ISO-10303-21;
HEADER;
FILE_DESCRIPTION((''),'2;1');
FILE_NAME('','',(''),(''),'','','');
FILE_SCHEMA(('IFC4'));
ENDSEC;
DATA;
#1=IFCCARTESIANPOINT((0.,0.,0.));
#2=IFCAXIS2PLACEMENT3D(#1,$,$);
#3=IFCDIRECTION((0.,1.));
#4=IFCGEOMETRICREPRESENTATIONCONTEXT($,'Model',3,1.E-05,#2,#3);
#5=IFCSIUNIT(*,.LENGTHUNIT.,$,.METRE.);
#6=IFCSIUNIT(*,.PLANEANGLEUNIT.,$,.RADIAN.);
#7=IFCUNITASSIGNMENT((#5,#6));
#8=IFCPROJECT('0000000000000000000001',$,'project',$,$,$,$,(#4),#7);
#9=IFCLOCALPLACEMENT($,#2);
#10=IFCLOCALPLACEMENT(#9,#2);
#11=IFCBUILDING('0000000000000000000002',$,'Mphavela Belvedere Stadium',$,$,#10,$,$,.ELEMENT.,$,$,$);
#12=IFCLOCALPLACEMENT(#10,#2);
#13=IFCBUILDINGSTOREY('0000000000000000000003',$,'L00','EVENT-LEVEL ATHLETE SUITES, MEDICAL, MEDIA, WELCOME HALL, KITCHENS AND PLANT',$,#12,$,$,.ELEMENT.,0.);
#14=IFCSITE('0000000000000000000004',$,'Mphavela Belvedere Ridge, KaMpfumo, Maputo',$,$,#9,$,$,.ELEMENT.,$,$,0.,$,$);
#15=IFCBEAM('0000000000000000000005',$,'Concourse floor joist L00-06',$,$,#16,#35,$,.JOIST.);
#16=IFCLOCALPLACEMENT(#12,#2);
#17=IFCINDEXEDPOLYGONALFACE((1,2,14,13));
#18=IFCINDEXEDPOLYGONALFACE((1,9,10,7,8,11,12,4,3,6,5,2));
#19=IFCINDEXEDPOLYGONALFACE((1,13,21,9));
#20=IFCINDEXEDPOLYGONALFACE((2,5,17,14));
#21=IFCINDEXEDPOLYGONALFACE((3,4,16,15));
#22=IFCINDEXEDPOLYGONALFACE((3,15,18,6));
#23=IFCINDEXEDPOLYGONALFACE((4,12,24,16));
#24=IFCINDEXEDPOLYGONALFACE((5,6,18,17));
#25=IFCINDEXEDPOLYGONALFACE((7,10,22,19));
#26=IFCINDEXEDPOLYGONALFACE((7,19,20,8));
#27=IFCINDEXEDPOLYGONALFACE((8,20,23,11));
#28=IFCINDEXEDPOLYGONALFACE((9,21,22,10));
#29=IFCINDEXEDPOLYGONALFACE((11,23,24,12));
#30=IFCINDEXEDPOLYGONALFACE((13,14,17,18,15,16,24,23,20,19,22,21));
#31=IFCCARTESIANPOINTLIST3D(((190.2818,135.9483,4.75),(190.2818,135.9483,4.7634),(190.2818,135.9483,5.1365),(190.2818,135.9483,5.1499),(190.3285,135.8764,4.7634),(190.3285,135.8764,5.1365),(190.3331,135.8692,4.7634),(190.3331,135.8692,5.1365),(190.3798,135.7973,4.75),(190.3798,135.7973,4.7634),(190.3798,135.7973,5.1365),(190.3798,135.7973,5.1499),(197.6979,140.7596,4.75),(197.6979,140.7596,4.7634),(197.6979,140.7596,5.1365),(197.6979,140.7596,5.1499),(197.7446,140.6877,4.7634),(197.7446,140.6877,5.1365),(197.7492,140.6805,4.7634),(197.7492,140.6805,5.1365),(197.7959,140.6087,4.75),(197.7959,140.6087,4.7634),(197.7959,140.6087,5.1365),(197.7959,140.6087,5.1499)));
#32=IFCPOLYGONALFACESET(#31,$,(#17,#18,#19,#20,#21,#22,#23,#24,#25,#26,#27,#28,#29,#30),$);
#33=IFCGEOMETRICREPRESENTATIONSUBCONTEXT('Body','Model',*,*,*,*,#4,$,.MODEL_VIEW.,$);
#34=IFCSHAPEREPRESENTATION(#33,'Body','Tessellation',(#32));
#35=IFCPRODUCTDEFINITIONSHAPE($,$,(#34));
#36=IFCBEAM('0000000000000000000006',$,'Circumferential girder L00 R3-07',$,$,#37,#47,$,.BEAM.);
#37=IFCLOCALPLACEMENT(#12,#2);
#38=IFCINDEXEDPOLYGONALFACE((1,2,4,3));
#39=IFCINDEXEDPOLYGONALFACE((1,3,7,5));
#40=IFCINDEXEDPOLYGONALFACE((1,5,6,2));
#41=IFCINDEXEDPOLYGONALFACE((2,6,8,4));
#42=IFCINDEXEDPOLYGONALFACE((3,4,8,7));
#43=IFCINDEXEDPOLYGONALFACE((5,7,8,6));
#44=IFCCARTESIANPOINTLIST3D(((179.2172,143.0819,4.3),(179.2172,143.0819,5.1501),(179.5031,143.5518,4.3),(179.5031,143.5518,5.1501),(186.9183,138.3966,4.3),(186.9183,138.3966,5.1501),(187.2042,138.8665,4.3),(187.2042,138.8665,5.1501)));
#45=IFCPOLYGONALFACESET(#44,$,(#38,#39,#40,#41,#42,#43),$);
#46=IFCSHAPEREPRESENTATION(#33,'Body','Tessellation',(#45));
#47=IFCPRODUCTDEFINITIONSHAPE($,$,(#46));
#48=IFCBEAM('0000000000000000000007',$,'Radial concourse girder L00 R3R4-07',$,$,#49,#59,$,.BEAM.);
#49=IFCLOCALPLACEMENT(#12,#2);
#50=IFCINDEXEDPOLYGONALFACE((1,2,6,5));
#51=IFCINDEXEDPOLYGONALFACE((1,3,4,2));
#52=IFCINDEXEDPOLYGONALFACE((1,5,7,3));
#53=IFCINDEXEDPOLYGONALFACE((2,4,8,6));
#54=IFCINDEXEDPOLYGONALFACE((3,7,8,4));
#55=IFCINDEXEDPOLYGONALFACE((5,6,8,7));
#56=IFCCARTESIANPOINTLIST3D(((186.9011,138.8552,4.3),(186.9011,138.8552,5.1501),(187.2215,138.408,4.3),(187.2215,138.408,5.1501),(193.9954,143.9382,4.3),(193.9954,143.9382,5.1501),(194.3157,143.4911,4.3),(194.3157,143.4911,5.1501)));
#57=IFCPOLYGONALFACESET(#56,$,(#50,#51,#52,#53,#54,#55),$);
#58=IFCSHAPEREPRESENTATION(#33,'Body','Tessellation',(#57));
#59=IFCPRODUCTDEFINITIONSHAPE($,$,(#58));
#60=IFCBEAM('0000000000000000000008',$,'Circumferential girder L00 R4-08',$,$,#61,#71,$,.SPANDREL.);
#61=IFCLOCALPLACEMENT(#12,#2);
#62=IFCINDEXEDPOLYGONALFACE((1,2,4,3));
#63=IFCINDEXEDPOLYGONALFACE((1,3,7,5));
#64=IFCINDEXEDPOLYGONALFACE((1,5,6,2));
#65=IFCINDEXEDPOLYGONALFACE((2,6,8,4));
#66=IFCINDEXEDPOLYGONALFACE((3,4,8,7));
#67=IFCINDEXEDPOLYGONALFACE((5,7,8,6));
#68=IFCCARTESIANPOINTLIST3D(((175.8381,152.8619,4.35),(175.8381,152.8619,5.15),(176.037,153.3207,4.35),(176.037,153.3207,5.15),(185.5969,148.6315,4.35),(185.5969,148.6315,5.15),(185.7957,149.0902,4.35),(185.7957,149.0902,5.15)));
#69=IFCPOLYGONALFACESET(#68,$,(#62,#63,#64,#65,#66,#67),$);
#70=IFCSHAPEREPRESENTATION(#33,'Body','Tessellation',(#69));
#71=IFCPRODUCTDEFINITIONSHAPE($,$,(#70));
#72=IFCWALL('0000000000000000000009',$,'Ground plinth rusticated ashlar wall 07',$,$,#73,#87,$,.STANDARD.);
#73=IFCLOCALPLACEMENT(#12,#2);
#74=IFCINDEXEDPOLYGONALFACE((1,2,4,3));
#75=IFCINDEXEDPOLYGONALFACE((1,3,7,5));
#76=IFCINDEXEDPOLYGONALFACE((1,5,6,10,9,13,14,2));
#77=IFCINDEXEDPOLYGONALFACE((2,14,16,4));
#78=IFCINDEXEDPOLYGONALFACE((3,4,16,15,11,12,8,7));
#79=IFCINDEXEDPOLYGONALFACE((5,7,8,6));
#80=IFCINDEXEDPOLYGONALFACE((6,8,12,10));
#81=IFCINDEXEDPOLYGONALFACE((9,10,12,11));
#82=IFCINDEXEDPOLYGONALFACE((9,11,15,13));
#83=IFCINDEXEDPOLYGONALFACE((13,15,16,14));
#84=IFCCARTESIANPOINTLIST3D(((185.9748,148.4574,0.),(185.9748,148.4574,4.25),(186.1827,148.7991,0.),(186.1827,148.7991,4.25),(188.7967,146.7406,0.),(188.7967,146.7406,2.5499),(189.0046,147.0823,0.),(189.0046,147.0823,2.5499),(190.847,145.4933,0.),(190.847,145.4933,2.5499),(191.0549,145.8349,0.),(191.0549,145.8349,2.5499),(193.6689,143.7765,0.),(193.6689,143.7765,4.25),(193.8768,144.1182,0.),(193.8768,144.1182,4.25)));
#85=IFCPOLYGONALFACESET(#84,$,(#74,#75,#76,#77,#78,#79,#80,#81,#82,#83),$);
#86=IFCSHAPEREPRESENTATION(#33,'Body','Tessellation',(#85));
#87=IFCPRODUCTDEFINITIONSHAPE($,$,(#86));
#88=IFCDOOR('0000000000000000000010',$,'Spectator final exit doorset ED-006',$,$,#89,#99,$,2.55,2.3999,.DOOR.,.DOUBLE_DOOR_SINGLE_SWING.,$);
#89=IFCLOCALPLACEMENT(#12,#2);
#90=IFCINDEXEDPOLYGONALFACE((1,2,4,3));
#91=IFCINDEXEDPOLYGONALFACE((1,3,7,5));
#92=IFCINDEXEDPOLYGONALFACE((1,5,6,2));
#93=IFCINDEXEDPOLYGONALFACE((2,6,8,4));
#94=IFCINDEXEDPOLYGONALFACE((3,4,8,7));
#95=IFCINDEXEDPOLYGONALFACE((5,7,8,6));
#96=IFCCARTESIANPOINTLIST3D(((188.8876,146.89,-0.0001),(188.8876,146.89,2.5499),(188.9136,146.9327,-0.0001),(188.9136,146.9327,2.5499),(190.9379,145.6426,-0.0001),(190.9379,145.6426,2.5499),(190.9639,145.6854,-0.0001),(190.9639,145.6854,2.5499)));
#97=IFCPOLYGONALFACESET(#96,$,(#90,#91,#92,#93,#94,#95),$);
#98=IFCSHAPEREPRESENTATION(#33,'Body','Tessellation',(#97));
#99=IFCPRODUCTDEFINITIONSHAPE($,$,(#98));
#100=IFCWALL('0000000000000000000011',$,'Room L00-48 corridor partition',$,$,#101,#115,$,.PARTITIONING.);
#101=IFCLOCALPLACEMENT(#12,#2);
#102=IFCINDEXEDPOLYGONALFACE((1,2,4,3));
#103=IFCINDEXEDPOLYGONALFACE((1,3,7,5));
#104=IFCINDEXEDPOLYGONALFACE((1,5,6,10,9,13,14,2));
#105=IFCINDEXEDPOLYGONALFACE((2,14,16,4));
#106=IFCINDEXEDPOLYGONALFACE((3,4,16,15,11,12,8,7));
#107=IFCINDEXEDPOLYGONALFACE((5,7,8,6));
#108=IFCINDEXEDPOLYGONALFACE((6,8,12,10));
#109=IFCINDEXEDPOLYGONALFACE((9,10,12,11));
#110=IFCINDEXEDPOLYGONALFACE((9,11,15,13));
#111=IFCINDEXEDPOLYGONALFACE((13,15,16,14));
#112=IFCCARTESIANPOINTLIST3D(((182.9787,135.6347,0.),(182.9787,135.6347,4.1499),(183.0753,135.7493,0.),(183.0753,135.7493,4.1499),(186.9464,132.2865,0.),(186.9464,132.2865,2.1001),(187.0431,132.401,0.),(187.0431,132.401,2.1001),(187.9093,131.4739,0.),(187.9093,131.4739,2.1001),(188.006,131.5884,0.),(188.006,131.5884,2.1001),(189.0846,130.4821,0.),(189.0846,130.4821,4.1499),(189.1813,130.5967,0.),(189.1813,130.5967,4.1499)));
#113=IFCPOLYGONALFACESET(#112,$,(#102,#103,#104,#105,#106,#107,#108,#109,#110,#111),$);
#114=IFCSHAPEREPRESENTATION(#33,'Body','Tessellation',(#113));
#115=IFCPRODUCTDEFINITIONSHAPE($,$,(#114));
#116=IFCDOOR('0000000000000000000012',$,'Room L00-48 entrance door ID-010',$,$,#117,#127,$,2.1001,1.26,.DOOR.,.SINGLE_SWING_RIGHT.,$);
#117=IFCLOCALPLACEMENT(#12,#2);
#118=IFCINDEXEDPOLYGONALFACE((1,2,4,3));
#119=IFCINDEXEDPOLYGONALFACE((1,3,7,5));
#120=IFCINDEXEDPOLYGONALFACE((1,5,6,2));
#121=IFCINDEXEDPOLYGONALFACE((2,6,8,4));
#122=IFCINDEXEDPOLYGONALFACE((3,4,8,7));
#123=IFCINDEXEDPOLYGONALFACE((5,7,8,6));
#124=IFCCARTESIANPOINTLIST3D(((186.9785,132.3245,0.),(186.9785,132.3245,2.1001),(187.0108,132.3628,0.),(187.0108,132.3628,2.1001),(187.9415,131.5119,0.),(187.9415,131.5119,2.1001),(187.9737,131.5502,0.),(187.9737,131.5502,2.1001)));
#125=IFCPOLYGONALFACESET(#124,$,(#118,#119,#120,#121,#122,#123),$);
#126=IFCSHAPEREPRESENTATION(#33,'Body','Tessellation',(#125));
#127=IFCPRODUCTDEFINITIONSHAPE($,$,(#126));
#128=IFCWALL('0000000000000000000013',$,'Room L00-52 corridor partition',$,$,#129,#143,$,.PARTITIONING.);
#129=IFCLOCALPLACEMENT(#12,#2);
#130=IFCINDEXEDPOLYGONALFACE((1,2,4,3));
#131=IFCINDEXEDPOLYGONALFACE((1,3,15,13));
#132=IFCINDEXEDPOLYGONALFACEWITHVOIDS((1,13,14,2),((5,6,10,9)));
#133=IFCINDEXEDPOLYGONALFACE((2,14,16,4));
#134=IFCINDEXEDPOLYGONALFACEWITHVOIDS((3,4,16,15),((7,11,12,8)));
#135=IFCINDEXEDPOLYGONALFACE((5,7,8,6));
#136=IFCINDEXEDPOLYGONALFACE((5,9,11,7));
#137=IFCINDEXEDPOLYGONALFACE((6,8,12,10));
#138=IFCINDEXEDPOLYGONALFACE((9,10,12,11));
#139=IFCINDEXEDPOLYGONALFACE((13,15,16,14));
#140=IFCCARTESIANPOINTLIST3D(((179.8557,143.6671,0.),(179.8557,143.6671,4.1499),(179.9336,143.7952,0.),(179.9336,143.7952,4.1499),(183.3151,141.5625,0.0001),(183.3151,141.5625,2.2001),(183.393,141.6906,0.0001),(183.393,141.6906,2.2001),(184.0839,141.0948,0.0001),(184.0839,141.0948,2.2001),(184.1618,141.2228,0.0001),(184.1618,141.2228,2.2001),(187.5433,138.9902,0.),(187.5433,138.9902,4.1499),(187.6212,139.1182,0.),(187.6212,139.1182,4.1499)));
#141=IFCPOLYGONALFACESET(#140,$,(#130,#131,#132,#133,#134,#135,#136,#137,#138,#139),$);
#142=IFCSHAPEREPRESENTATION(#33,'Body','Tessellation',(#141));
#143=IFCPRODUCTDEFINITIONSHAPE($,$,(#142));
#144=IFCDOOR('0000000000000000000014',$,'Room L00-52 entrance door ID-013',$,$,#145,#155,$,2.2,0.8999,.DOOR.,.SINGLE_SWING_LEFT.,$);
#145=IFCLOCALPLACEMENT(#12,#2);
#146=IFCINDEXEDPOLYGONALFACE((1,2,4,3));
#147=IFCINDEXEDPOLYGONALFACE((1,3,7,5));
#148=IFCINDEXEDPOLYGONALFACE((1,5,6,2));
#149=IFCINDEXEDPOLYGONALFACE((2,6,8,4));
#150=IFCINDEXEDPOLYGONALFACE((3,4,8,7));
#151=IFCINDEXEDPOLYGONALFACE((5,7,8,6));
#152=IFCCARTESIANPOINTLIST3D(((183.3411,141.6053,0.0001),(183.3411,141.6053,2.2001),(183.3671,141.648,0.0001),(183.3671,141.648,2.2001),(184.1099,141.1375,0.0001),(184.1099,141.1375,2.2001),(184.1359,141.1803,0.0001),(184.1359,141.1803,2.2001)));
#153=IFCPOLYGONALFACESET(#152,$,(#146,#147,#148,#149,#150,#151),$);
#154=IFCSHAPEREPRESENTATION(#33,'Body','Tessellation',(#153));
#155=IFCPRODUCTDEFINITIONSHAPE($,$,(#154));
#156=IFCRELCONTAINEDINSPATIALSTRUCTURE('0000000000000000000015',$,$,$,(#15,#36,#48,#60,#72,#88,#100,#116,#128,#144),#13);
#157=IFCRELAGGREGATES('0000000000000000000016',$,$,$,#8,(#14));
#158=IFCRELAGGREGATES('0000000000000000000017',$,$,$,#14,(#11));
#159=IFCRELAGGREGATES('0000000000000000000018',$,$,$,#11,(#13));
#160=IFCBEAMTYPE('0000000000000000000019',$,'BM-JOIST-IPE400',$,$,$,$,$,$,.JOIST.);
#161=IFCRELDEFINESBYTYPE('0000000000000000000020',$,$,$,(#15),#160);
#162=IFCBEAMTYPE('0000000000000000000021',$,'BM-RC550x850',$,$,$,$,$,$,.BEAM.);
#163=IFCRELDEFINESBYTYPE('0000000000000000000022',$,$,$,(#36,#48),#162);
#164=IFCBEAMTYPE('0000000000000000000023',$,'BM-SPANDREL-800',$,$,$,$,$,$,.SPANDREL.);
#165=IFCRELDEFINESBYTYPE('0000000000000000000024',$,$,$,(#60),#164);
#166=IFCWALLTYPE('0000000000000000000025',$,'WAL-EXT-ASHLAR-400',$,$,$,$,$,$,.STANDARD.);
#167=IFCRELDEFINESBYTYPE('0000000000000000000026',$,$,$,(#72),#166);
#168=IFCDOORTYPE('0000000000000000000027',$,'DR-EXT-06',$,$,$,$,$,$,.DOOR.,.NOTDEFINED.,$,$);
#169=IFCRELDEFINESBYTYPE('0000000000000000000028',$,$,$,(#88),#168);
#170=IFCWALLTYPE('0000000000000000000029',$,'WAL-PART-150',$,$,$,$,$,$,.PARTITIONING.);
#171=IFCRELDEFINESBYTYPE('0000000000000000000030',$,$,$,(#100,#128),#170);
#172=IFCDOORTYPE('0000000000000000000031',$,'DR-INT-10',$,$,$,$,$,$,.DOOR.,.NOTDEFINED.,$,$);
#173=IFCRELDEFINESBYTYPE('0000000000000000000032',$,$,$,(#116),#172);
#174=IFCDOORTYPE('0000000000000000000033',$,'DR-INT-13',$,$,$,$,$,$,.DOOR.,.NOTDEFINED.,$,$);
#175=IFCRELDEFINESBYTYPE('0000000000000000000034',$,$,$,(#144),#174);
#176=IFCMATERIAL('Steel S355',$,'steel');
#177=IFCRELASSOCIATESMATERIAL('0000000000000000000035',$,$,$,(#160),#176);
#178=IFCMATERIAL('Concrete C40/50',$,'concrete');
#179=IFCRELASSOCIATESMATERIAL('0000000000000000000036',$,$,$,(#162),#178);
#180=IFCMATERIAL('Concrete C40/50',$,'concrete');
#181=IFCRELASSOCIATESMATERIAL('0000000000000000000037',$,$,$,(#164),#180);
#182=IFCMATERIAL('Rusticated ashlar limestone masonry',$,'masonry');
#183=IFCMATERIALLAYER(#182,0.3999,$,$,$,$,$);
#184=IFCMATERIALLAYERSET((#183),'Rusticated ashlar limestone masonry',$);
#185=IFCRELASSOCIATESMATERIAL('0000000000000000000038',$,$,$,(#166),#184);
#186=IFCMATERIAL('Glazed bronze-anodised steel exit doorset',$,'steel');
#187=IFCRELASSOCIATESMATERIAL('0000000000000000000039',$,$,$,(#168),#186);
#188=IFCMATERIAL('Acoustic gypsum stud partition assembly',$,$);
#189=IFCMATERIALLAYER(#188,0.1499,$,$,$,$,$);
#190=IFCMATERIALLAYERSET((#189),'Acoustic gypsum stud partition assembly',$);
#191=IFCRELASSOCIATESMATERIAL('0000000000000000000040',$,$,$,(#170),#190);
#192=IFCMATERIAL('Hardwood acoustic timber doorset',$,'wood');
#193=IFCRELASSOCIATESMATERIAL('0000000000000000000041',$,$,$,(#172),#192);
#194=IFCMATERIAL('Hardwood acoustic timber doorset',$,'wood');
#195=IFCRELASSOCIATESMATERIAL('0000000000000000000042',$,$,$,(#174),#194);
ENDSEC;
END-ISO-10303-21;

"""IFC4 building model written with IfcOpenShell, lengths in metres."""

from ifc_helpers import new_model, si_unit, direction, frame, frame_2d, origin, origin_2d, place, context, subcontext, project, spatial, rectangle, i_section, extrude, material, layer, layer_set, material_profile, profile_set, type_object, element, fill, save


model = new_model("IFC4")

# Units and contexts
model_context = context("Model", 3, precision=1e-05, world=origin(), true_north=direction((0.0, 1.0)))
body_context = subcontext(model_context, "Body", "Model", "MODEL_VIEW")
ifc_project = project(units=[si_unit("LENGTHUNIT", "METRE"), si_unit("PLANEANGLEUNIT", "RADIAN")], contexts=[model_context])

# Site, building, storey
site_placement = place(None, origin())
site = spatial("IfcSite", under=ifc_project, at=site_placement, Name="Mphavela Belvedere Ridge, KaMpfumo, Maputo", CompositionType="ELEMENT", RefElevation=0.0)
building_placement = place(site_placement, origin())
building = spatial("IfcBuilding", under=site, at=building_placement, Name="Mphavela Belvedere Stadium", CompositionType="ELEMENT")
storey_placement = place(building_placement, origin())
storey = spatial("IfcBuildingStorey", under=building, at=storey_placement, Name="L00", Description="EVENT-LEVEL ATHLETE SUITES, MEDICAL, MEDIA, WELCOME HALL, KITCHENS AND PLANT", CompositionType="ELEMENT", Elevation=0.0)

# Beams
ifc_material_1 = material(Name="Steel S355", Category="steel")
ifc_material_profile_1 = material_profile(ifc_material_1, i_section(OverallWidth=0.1799, OverallDepth=0.3999, WebThickness=0.0085, FlangeThickness=0.0134, at=origin_2d()), Name="IPE 400")
ifc_profile_set_1 = profile_set([ifc_material_profile_1], Name="Steel S355")
beam_type_1 = type_object("IfcBeamType", Name="BM-JOIST-IPE400", PredefinedType="JOIST", material=ifc_profile_set_1)
beam_1_placement = place(storey_placement, frame((190.3308, 135.8728, 4.95), z_axis=(0.838915, 0.544262, 0.0), x_axis=(-0.544262, 0.838915, 0.0)))
element("IfcBeam", 1, at=beam_1_placement, inside=storey, type_object=beam_type_1, Name="Concourse floor joist L00-06", PredefinedType="JOIST", context=body_context, shape_type="SweptSolid", body=[
    extrude(i_section(OverallWidth=0.1799, OverallDepth=0.3999, WebThickness=0.0085, FlangeThickness=0.0134, at=origin_2d()), origin(), (0.0, 0.0, 1.0), 8.8401),
])
ifc_material_2 = material(Name="Concrete C40/50", Category="concrete")
ifc_material_profile_2 = material_profile(ifc_material_2, rectangle(XDim=0.55, YDim=0.8501, at=origin_2d()), Name="RC 550x850")
ifc_profile_set_2 = profile_set([ifc_material_profile_2], Name="Concrete C40/50")
beam_type_2 = type_object("IfcBeamType", Name="BM-RC550x850", PredefinedType="BEAM", material=ifc_profile_set_2)
beam_2_placement = place(storey_placement, frame((187.0613, 138.6316, 4.7251), z_axis=(-0.854315, 0.519755, 0.0), x_axis=(-0.519755, -0.854315, 0.0)))
element("IfcBeam", 2, at=beam_2_placement, inside=storey, type_object=beam_type_2, Name="Circumferential girder L00 R3-07", PredefinedType="BEAM", context=body_context, shape_type="SweptSolid", body=[
    extrude(rectangle(XDim=0.55, YDim=0.8501, at=origin_2d()), origin(), (0.0, 0.0, 1.0), 9.0144),
])
beam_3_placement = place(storey_placement, frame((187.0613, 138.6316, 4.7251), z_axis=(0.812882, 0.582428, 0.0), x_axis=(-0.582428, 0.812882, 0.0)))
element("IfcBeam", 3, at=beam_3_placement, inside=storey, type_object=beam_type_2, Name="Radial concourse girder L00 R3R4-07", PredefinedType="BEAM", context=body_context, shape_type="SweptSolid", body=[
    extrude(rectangle(XDim=0.55, YDim=0.8501, at=origin_2d()), origin(), (0.0, 0.0, 1.0), 8.7273),
])
ifc_material_3 = material(Name="Concrete C40/50", Category="concrete")
ifc_material_profile_3 = material_profile(ifc_material_3, rectangle(XDim=0.5, YDim=0.8, at=origin_2d()), Name="RC 500x800")
ifc_profile_set_3 = profile_set([ifc_material_profile_3], Name="Concrete C40/50")
beam_type_3 = type_object("IfcBeamType", Name="BM-SPANDREL-800", PredefinedType="SPANDREL", material=ifc_profile_set_3)
beam_4_placement = place(storey_placement, frame((185.6963, 148.8608, 4.75), z_axis=(-0.917499, 0.397739, 0.0), x_axis=(-0.397739, -0.917499, 0.0)))
element("IfcBeam", 4, at=beam_4_placement, inside=storey, type_object=beam_type_3, Name="Circumferential girder L00 R4-08", PredefinedType="SPANDREL", context=body_context, shape_type="SweptSolid", body=[
    extrude(rectangle(XDim=0.5, YDim=0.8, at=origin_2d()), origin(), (0.0, 0.0, 1.0), 10.6362),
])

# Walls, openings, doors
ifc_material_4 = material(Name="Rusticated ashlar limestone masonry", Category="masonry")
ifc_layer_1 = layer(ifc_material_4, 0.3999)
ifc_layer_set_1 = layer_set([ifc_layer_1], Name="Rusticated ashlar limestone masonry")
wall_type_1 = type_object("IfcWallType", Name="WAL-EXT-ASHLAR-400", PredefinedType="STANDARD", material=ifc_layer_set_1)
wall_1_placement = place(storey_placement, frame((186.0789, 148.6282, 0.0), z_axis=(0.0, 0.0, 1.0), x_axis=(0.854319, -0.519748, 0.0)))
wall_1 = element("IfcWall", 5, at=wall_1_placement, inside=storey, type_object=wall_type_1, Name="Ground plinth rusticated ashlar wall 07", PredefinedType="STANDARD", context=body_context, shape_type="SweptSolid", body=[
    extrude(rectangle(XDim=9.0061, YDim=0.3999, at=frame_2d((4.5029, 0.0))), origin(), (0.0, 0.0, 1.0), 4.25),
])
opening_1_placement = place(wall_1_placement, frame((3.303, 0.0, 0.0)))
opening_1 = element("IfcOpeningElement", 6, at=opening_1_placement, cuts=wall_1, PredefinedType="OPENING", context=body_context, shape_type="SweptSolid", body=[
    extrude(rectangle(XDim=2.3999, YDim=2.55, at=frame_2d((1.2, 1.2749))), frame((0.0, 0.21, 0.0), z_axis=(0.0, -1.0, 0.0), x_axis=(1.0, 0.0, 0.0)), (0.0, 0.0, 1.0), 0.4199),
])
ifc_material_5 = material(Name="Glazed bronze-anodised steel exit doorset", Category="steel")
door_type_1 = type_object("IfcDoorType", Name="DR-EXT-06", OperationType="NOTDEFINED", PredefinedType="DOOR", material=ifc_material_5)
door_1_placement = place(opening_1_placement, origin())
door_1 = element("IfcDoor", 7, at=door_1_placement, inside=storey, type_object=door_type_1, Name="Spectator final exit doorset ED-006", OperationType="DOUBLE_DOOR_SINGLE_SWING", OverallHeight=2.55, OverallWidth=2.3999, PredefinedType="DOOR", context=body_context, shape_type="SweptSolid", body=[
    extrude(rectangle(XDim=2.3999, YDim=2.55, at=frame_2d((1.2, 1.2749))), frame((0.0, 0.0249, 0.0), z_axis=(0.0, -1.0, 0.0), x_axis=(1.0, 0.0, 0.0)), (0.0, 0.0, 1.0), 0.05),
])
fill(opening_1, door_1)
ifc_material_6 = material(Name="Acoustic gypsum stud partition assembly")
ifc_layer_2 = layer(ifc_material_6, 0.1499)
ifc_layer_set_2 = layer_set([ifc_layer_2], Name="Acoustic gypsum stud partition assembly")
wall_type_2 = type_object("IfcWallType", Name="WAL-PART-150", PredefinedType="PARTITIONING", material=ifc_layer_set_2)
wall_2_placement = place(storey_placement, frame((183.0271, 135.6919, 0.0), z_axis=(0.0, 0.0, 1.0), x_axis=(0.764249, -0.644921, 0.0)))
wall_2 = element("IfcWall", 8, at=wall_2_placement, inside=storey, type_object=wall_type_2, Name="Room L00-48 corridor partition", PredefinedType="PARTITIONING", context=body_context, shape_type="SweptSolid", body=[
    extrude(rectangle(XDim=7.9895, YDim=0.1499, at=frame_2d((3.9946, 0.0))), origin(), (0.0, 0.0, 1.0), 4.1499),
])
opening_2_placement = place(wall_2_placement, frame((5.1917, 0.0, 0.0)))
opening_2 = element("IfcOpeningElement", 9, at=opening_2_placement, cuts=wall_2, PredefinedType="OPENING", context=body_context, shape_type="SweptSolid", body=[
    extrude(rectangle(XDim=1.26, YDim=2.1001, at=frame_2d((0.6299, 1.05))), frame((0.0, 0.085, 0.0), z_axis=(0.0, -1.0, 0.0), x_axis=(1.0, 0.0, 0.0)), (0.0, 0.0, 1.0), 0.1699),
])
ifc_material_7 = material(Name="Hardwood acoustic timber doorset", Category="wood")
door_type_2 = type_object("IfcDoorType", Name="DR-INT-10", OperationType="NOTDEFINED", PredefinedType="DOOR", material=ifc_material_7)
door_2_placement = place(opening_2_placement, origin())
door_2 = element("IfcDoor", 10, at=door_2_placement, inside=storey, type_object=door_type_2, Name="Room L00-48 entrance door ID-010", OperationType="SINGLE_SWING_RIGHT", OverallHeight=2.1001, OverallWidth=1.26, PredefinedType="DOOR", context=body_context, shape_type="SweptSolid", body=[
    extrude(rectangle(XDim=1.26, YDim=2.1001, at=frame_2d((0.6299, 1.05))), frame((0.0, 0.0249, 0.0), z_axis=(0.0, -1.0, 0.0), x_axis=(1.0, 0.0, 0.0)), (0.0, 0.0, 1.0), 0.05),
])
fill(opening_2, door_2)
wall_3_placement = place(storey_placement, frame((187.5823, 139.0542, 0.0), z_axis=(0.0, 0.0, 1.0), x_axis=(-0.854322, 0.519745, 0.0)))
wall_3 = element("IfcWall", 11, at=wall_3_placement, inside=storey, type_object=wall_type_2, Name="Room L00-52 corridor partition", PredefinedType="PARTITIONING", context=body_context, shape_type="SweptSolid", body=[
    extrude(rectangle(XDim=8.9985, YDim=0.1499, at=frame_2d((4.4993, 0.0))), origin(), (0.0, 0.0, 1.0), 4.1499),
])
opening_3_placement = place(wall_3_placement, frame((4.0493, 0.0, 0.0)))
opening_3 = element("IfcOpeningElement", 12, at=opening_3_placement, cuts=wall_3, PredefinedType="OPENING", context=body_context, shape_type="SweptSolid", body=[
    extrude(rectangle(XDim=0.8999, YDim=2.2, at=frame_2d((0.45, 1.1001))), frame((0.0, 0.085, 0.0), z_axis=(0.0, -1.0, 0.0), x_axis=(1.0, 0.0, 0.0)), (0.0, 0.0, 1.0), 0.1699),
])
ifc_material_8 = material(Name="Hardwood acoustic timber doorset", Category="wood")
door_type_3 = type_object("IfcDoorType", Name="DR-INT-13", OperationType="NOTDEFINED", PredefinedType="DOOR", material=ifc_material_8)
door_3_placement = place(opening_3_placement, origin())
door_3 = element("IfcDoor", 13, at=door_3_placement, inside=storey, type_object=door_type_3, Name="Room L00-52 entrance door ID-013", OperationType="SINGLE_SWING_LEFT", OverallHeight=2.2, OverallWidth=0.8999, PredefinedType="DOOR", context=body_context, shape_type="SweptSolid", body=[
    extrude(rectangle(XDim=0.8999, YDim=2.2, at=frame_2d((0.45, 1.1001))), frame((0.0, 0.0249, 0.0), z_axis=(0.0, -1.0, 0.0), x_axis=(1.0, 0.0, 0.0)), (0.0, 0.0, 1.0), 0.05),
])
fill(opening_3, door_3)

save(model, "model.ifc")
